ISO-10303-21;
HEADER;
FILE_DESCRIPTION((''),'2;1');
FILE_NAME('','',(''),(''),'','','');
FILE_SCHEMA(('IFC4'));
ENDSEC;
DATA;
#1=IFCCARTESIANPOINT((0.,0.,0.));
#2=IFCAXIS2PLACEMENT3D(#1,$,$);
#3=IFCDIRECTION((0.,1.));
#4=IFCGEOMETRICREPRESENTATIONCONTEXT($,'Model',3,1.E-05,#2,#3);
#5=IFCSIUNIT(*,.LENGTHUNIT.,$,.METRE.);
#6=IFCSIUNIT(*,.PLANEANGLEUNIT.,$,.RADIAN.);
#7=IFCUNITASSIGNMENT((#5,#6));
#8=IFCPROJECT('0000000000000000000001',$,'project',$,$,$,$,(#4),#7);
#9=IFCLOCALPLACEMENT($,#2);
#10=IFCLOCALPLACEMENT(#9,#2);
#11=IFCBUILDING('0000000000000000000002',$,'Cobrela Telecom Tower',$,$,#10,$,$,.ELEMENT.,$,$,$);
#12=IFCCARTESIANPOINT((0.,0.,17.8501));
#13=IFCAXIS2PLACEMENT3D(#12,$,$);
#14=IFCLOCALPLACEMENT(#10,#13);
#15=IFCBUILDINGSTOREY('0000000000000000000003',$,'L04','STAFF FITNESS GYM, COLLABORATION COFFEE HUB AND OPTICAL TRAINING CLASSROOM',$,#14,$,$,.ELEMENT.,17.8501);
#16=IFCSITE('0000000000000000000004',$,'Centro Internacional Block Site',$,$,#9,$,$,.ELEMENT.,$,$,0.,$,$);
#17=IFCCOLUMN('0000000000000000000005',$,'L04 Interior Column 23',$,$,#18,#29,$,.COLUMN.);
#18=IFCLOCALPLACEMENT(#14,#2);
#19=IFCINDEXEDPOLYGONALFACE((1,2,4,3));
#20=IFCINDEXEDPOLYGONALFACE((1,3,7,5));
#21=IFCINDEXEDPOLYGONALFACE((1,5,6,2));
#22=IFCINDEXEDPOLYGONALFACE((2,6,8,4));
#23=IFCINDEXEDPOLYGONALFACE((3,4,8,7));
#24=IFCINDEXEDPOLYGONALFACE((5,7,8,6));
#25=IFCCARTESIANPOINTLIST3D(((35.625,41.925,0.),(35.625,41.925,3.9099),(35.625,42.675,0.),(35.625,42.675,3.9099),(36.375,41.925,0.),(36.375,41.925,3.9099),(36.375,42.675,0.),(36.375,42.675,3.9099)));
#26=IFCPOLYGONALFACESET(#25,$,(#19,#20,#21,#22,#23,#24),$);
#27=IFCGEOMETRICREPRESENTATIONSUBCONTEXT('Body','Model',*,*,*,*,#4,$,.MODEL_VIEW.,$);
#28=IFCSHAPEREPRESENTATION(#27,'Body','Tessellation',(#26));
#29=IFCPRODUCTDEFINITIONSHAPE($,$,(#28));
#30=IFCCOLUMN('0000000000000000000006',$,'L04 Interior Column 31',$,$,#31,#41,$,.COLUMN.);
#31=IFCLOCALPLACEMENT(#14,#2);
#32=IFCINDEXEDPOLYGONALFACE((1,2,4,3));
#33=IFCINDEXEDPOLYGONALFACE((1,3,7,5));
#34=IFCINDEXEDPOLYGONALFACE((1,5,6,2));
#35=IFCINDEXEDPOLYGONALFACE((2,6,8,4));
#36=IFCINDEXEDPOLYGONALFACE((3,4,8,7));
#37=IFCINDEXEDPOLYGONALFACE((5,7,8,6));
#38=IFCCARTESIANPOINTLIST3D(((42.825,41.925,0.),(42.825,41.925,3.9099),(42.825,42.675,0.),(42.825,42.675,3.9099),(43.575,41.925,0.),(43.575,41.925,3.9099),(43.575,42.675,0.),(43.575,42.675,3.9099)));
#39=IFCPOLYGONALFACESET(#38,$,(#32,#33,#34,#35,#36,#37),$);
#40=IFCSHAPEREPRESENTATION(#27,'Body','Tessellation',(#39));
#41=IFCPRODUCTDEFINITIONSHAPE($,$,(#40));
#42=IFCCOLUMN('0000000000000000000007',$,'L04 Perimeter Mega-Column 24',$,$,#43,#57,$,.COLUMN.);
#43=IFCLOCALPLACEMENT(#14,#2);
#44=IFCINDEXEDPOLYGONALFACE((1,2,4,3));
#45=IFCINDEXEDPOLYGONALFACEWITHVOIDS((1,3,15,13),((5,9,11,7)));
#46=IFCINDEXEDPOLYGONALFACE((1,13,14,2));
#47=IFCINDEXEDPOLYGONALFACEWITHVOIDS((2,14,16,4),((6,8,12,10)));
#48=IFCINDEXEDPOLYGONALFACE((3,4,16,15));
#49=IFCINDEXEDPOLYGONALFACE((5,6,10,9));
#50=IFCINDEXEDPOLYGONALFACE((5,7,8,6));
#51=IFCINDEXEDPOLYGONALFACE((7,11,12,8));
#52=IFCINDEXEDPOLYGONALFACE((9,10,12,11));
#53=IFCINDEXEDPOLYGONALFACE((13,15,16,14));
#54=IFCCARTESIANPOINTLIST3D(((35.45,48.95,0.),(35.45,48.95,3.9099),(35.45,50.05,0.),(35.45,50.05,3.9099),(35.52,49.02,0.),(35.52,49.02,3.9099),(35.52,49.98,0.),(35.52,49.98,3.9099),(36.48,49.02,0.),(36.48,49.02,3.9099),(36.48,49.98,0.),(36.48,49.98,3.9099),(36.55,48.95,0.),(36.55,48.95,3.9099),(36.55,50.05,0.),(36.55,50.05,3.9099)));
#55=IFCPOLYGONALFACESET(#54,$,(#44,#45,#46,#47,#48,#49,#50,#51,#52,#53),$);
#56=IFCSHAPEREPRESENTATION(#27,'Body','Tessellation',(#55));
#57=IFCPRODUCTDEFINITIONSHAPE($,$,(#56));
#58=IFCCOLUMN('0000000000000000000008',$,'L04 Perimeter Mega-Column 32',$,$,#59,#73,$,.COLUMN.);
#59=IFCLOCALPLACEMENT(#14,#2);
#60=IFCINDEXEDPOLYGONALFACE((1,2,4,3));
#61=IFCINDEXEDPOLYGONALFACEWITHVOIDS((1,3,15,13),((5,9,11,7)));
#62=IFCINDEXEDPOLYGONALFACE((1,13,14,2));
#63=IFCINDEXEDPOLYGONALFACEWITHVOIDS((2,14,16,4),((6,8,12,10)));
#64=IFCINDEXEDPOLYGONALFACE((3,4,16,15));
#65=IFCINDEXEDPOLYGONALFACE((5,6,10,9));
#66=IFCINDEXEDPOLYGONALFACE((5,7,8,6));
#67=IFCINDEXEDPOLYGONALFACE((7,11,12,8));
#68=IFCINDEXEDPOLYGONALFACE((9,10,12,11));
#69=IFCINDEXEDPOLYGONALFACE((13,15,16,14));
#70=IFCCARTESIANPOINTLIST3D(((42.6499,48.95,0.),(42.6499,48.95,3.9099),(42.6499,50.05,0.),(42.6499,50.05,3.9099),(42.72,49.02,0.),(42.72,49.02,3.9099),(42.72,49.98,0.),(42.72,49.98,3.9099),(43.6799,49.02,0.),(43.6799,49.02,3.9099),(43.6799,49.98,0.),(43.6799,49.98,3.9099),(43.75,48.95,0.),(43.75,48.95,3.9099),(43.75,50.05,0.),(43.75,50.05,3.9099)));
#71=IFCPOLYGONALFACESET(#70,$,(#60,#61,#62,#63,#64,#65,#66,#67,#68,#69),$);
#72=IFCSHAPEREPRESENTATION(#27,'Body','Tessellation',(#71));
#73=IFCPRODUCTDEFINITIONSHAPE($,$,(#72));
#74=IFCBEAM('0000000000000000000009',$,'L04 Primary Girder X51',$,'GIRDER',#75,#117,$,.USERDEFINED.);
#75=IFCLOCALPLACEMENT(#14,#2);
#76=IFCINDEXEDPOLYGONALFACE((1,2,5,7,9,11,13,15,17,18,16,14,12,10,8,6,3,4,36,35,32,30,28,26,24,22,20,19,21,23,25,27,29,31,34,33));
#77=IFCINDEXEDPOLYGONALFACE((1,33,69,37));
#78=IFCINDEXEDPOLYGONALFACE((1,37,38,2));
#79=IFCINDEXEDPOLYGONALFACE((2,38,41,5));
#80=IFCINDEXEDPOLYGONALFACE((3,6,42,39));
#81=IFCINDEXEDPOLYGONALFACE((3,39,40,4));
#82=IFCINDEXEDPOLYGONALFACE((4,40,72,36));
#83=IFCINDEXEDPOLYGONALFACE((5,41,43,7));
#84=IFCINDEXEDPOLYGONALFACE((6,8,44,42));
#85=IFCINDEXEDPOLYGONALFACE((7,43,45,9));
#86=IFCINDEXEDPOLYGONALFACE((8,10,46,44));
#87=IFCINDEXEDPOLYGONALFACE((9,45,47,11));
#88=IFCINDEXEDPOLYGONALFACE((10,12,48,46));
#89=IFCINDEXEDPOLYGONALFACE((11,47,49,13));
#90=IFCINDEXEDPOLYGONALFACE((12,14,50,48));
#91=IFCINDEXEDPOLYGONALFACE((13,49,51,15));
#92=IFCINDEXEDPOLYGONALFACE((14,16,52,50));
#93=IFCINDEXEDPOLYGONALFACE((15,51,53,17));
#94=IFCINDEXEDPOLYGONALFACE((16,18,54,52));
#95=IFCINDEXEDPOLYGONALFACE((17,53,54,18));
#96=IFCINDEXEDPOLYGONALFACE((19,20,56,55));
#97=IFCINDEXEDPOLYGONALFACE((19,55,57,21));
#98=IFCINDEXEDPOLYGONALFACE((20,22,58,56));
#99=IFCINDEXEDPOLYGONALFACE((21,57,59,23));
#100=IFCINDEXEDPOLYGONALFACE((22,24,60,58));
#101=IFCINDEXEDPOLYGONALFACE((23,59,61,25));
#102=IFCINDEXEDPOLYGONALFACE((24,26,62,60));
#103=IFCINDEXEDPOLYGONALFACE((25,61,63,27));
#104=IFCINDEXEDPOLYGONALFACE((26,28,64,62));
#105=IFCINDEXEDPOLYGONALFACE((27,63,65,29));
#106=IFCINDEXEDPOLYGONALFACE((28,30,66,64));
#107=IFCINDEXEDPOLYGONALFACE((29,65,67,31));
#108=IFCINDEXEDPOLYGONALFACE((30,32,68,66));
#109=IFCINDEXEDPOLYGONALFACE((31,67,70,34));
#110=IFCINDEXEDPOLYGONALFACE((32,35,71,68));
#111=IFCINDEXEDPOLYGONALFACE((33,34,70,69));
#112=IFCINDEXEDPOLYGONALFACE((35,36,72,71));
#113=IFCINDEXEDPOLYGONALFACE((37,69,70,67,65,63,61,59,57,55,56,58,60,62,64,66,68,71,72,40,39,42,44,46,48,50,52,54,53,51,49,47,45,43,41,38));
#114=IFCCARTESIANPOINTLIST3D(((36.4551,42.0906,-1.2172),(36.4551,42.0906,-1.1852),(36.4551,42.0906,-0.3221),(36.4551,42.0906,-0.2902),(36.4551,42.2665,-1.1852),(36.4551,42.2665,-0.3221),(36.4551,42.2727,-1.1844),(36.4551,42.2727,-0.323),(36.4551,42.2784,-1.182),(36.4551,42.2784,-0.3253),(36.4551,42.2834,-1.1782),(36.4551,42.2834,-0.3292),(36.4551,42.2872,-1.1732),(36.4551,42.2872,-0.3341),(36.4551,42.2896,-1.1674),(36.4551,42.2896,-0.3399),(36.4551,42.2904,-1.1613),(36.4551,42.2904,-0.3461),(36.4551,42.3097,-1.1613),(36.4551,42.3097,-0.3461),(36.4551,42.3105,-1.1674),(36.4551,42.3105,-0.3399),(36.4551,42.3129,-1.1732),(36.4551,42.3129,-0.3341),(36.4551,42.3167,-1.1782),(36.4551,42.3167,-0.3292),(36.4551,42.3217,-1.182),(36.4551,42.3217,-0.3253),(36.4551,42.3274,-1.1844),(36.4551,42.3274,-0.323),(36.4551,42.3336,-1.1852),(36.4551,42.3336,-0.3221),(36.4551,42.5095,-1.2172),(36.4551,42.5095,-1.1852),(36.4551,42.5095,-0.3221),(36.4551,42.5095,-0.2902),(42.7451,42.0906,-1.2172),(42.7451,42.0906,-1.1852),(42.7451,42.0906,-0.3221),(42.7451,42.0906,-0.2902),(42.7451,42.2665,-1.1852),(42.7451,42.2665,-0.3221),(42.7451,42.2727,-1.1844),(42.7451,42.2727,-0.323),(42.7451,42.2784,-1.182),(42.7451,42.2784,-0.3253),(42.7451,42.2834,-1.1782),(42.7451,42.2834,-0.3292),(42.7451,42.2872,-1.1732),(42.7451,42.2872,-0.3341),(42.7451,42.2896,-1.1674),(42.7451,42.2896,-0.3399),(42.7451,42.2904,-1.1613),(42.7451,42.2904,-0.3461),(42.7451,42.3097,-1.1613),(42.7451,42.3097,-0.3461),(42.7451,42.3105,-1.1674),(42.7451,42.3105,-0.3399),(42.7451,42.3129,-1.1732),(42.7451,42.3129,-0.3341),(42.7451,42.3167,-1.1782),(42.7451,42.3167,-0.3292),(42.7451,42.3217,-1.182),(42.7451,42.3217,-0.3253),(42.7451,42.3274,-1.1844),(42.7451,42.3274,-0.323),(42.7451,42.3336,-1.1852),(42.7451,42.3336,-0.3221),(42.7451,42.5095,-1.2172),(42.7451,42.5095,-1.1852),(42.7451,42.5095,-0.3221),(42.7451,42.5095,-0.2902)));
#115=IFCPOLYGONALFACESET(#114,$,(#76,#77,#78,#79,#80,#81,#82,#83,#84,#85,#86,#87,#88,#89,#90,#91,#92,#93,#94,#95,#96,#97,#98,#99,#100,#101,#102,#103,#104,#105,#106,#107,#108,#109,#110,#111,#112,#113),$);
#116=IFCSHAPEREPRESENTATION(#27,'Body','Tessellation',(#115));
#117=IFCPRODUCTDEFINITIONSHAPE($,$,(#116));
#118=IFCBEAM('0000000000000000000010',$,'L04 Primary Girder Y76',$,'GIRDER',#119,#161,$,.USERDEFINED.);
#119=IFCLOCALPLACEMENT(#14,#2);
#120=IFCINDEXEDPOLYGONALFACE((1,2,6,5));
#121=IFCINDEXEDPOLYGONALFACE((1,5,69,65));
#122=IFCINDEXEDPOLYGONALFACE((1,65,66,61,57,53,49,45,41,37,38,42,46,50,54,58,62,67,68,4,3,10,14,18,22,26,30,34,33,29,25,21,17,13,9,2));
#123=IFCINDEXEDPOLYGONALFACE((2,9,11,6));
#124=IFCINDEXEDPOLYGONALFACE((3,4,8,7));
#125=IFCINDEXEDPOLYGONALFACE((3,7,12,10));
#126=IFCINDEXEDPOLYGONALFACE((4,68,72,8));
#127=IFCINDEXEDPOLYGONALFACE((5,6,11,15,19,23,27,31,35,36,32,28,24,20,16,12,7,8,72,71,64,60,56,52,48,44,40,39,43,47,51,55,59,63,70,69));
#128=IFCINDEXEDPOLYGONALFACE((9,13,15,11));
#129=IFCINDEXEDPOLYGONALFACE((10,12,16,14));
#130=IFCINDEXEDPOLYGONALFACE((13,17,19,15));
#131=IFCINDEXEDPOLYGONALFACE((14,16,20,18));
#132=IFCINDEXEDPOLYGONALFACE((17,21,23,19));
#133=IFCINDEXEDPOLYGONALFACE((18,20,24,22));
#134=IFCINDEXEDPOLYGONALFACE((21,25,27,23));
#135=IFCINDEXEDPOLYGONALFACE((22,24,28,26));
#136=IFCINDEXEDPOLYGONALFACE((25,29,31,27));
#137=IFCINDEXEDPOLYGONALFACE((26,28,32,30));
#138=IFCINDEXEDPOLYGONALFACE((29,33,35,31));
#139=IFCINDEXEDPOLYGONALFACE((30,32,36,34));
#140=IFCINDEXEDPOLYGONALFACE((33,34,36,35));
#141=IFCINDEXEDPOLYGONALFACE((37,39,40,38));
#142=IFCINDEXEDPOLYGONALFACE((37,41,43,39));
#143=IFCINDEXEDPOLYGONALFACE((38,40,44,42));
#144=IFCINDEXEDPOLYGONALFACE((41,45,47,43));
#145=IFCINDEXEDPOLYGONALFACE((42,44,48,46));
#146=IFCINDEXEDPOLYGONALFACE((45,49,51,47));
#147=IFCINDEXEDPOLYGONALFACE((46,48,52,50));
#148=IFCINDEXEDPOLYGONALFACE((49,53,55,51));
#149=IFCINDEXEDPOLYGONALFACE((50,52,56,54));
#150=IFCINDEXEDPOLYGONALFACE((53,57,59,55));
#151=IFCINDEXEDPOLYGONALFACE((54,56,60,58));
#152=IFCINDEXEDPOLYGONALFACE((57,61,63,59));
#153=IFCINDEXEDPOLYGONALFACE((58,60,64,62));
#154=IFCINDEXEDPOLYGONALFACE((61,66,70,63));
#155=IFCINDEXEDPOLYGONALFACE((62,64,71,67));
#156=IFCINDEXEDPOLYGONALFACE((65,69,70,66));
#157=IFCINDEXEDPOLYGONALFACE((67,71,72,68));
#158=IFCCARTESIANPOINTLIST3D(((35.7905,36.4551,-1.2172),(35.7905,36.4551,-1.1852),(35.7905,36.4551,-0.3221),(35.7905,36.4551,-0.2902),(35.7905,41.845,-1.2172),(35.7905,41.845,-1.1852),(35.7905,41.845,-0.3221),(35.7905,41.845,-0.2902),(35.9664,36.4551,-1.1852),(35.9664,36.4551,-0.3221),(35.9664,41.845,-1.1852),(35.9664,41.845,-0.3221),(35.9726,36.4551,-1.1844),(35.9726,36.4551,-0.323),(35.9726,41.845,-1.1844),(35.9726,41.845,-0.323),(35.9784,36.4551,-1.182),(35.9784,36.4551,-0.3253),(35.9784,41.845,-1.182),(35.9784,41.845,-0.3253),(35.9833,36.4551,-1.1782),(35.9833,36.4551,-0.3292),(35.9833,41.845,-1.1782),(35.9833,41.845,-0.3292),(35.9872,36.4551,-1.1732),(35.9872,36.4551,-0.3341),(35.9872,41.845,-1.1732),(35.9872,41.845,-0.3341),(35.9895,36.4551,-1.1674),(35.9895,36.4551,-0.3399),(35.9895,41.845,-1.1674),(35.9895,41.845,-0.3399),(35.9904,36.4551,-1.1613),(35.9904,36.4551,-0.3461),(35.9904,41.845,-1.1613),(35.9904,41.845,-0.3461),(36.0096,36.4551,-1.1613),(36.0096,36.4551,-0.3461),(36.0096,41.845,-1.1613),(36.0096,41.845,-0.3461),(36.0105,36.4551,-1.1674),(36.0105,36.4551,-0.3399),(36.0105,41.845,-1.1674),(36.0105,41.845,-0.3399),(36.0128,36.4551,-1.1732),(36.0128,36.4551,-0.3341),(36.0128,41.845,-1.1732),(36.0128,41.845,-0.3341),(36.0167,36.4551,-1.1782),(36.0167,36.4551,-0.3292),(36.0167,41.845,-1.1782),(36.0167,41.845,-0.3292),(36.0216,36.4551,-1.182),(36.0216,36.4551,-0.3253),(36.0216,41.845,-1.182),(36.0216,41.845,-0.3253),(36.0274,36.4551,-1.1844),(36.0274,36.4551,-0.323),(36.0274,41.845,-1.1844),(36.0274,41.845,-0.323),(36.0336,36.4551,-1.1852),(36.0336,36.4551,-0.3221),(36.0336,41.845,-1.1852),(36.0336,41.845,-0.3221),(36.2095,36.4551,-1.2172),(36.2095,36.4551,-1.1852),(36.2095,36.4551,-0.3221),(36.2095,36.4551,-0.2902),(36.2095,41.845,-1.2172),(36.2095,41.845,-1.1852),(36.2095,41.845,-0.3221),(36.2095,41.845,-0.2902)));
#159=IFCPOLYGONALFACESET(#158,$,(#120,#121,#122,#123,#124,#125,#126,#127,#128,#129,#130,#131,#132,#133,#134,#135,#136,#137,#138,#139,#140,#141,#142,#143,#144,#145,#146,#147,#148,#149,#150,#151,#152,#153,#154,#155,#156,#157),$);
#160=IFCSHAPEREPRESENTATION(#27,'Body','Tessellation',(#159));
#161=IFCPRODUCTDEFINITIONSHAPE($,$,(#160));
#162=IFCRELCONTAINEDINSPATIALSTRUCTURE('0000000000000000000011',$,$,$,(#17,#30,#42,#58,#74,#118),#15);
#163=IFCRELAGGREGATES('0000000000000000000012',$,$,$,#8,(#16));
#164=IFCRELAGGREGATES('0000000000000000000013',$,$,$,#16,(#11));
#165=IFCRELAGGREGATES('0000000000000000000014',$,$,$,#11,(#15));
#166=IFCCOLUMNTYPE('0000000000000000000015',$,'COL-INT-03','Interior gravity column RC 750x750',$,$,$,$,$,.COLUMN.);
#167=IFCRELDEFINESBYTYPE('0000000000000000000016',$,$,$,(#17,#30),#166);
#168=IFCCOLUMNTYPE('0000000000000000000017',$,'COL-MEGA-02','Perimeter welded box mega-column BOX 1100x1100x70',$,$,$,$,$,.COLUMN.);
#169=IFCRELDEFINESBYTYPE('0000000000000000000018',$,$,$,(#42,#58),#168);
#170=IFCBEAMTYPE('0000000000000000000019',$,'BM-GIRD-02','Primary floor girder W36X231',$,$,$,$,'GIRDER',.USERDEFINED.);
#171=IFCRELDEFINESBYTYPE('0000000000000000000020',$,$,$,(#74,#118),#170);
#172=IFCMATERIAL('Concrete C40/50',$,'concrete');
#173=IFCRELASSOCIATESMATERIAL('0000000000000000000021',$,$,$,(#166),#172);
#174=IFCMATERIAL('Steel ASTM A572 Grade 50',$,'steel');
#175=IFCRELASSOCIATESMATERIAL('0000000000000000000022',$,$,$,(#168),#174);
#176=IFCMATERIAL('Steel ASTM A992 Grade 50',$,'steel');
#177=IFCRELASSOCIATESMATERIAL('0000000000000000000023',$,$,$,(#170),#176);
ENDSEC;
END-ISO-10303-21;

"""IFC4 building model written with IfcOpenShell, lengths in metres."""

from ifc_helpers import new_model, si_unit, direction, frame, origin, origin_2d, place, context, subcontext, project, spatial, rectangle, hollow_rectangle, i_section, extrude, material, material_profile, profile_set, type_object, element, save


model = new_model("IFC4")

# Units and contexts
model_context = context("Model", 3, precision=1e-05, world=origin(), true_north=direction((0.0, 1.0)))
body_context = subcontext(model_context, "Body", "Model", "MODEL_VIEW")
ifc_project = project(units=[si_unit("LENGTHUNIT", "METRE"), si_unit("PLANEANGLEUNIT", "RADIAN")], contexts=[model_context])

# Site, building, storey
site_placement = place(None, origin())
site = spatial("IfcSite", under=ifc_project, at=site_placement, Name="Centro Internacional Block Site", CompositionType="ELEMENT", RefElevation=0.0)
building_placement = place(site_placement, origin())
building = spatial("IfcBuilding", under=site, at=building_placement, Name="Cobrela Telecom Tower", CompositionType="ELEMENT")
storey_placement = place(building_placement, frame((0.0, 0.0, 17.8501)))
storey = spatial("IfcBuildingStorey", under=building, at=storey_placement, Name="L04", Description="STAFF FITNESS GYM, COLLABORATION COFFEE HUB AND OPTICAL TRAINING CLASSROOM", CompositionType="ELEMENT", Elevation=17.8501)

# Columns
ifc_material_1 = material(Name="Concrete C40/50", Category="concrete")
ifc_material_profile_1 = material_profile(ifc_material_1, rectangle(XDim=0.75, YDim=0.75, at=origin_2d()), Name="RC 750x750")
ifc_profile_set_1 = profile_set([ifc_material_profile_1], Name="Concrete C40/50")
column_type_1 = type_object("IfcColumnType", Name="COL-INT-03", Description="Interior gravity column RC 750x750", PredefinedType="COLUMN", material=ifc_profile_set_1)
for number, where, z_axis, x_axis, name in (
    (1, (36.0, 42.3, 0.0), (0.0, 0.0, 1.0), (1.0, 0.0, 0.0), "L04 Interior Column 23"),
    (2, (43.2, 42.3, 0.0), (0.0, 0.0, 1.0), (1.0, 0.0, 0.0), "L04 Interior Column 31"),
):
    element("IfcColumn", number, at=place(storey_placement, frame(where, z_axis=z_axis, x_axis=x_axis)), inside=storey, type_object=column_type_1, Name=name, PredefinedType="COLUMN", context=body_context, shape_type="SweptSolid", body=[
        extrude(rectangle(XDim=0.75, YDim=0.75, at=origin_2d()), origin(), (0.0, 0.0, 1.0), 3.9099),
    ])
ifc_material_2 = material(Name="Steel ASTM A572 Grade 50", Category="steel")
ifc_material_profile_2 = material_profile(ifc_material_2, hollow_rectangle(XDim=1.1001, YDim=1.1001, WallThickness=0.0701, at=origin_2d()), Name="BOX 1100x1100x70")
ifc_profile_set_2 = profile_set([ifc_material_profile_2], Name="Steel ASTM A572 Grade 50")
column_type_2 = type_object("IfcColumnType", Name="COL-MEGA-02", Description="Perimeter welded box mega-column BOX 1100x1100x70", PredefinedType="COLUMN", material=ifc_profile_set_2)
for number, where, z_axis, x_axis, name in (
    (3, (36.0, 49.5, 0.0), (0.0, 0.0, 1.0), (1.0, 0.0, 0.0), "L04 Perimeter Mega-Column 24"),
    (4, (43.2, 49.5, 0.0), (0.0, 0.0, 1.0), (1.0, 0.0, 0.0), "L04 Perimeter Mega-Column 32"),
):
    element("IfcColumn", number, at=place(storey_placement, frame(where, z_axis=z_axis, x_axis=x_axis)), inside=storey, type_object=column_type_2, Name=name, PredefinedType="COLUMN", context=body_context, shape_type="SweptSolid", body=[
        extrude(hollow_rectangle(XDim=1.1001, YDim=1.1001, WallThickness=0.0701, at=origin_2d()), origin(), (0.0, 0.0, 1.0), 3.9099),
    ])

# Beams
ifc_material_3 = material(Name="Steel ASTM A992 Grade 50", Category="steel")
ifc_material_profile_3 = material_profile(ifc_material_3, i_section(OverallWidth=0.4189, OverallDepth=0.927, WebThickness=0.0193, FlangeThickness=0.032, FilletRadius=0.0239, at=origin_2d()), Name="W36X231")
ifc_profile_set_3 = profile_set([ifc_material_profile_3], Name="Steel ASTM A992 Grade 50")
beam_type_1 = type_object("IfcBeamType", Name="BM-GIRD-02", Description="Primary floor girder W36X231", ElementType="GIRDER", PredefinedType="USERDEFINED", material=ifc_profile_set_3)
beam_1_placement = place(storey_placement, frame((36.4551, 42.3, -0.7537), z_axis=(1.0, 0.0, 0.0), x_axis=(0.0, 1.0, 0.0)))
element("IfcBeam", 5, at=beam_1_placement, inside=storey, type_object=beam_type_1, Name="L04 Primary Girder X51", ObjectType="GIRDER", PredefinedType="USERDEFINED", context=body_context, shape_type="SweptSolid", body=[
    extrude(i_section(OverallWidth=0.4189, OverallDepth=0.927, WebThickness=0.0193, FlangeThickness=0.032, FilletRadius=0.0239, at=origin_2d()), origin(), (0.0, 0.0, 1.0), 6.29),
])
beam_2_placement = place(storey_placement, frame((36.0, 36.4551, -0.7537), z_axis=(0.0, 1.0, 0.0), x_axis=(-1.0, 0.0, 0.0)))
element("IfcBeam", 6, at=beam_2_placement, inside=storey, type_object=beam_type_1, Name="L04 Primary Girder Y76", ObjectType="GIRDER", PredefinedType="USERDEFINED", context=body_context, shape_type="SweptSolid", body=[
    extrude(i_section(OverallWidth=0.4189, OverallDepth=0.927, WebThickness=0.0193, FlangeThickness=0.032, FilletRadius=0.0239, at=origin_2d()), origin(), (0.0, 0.0, 1.0), 5.3899),
])

save(model, "model.ifc")
